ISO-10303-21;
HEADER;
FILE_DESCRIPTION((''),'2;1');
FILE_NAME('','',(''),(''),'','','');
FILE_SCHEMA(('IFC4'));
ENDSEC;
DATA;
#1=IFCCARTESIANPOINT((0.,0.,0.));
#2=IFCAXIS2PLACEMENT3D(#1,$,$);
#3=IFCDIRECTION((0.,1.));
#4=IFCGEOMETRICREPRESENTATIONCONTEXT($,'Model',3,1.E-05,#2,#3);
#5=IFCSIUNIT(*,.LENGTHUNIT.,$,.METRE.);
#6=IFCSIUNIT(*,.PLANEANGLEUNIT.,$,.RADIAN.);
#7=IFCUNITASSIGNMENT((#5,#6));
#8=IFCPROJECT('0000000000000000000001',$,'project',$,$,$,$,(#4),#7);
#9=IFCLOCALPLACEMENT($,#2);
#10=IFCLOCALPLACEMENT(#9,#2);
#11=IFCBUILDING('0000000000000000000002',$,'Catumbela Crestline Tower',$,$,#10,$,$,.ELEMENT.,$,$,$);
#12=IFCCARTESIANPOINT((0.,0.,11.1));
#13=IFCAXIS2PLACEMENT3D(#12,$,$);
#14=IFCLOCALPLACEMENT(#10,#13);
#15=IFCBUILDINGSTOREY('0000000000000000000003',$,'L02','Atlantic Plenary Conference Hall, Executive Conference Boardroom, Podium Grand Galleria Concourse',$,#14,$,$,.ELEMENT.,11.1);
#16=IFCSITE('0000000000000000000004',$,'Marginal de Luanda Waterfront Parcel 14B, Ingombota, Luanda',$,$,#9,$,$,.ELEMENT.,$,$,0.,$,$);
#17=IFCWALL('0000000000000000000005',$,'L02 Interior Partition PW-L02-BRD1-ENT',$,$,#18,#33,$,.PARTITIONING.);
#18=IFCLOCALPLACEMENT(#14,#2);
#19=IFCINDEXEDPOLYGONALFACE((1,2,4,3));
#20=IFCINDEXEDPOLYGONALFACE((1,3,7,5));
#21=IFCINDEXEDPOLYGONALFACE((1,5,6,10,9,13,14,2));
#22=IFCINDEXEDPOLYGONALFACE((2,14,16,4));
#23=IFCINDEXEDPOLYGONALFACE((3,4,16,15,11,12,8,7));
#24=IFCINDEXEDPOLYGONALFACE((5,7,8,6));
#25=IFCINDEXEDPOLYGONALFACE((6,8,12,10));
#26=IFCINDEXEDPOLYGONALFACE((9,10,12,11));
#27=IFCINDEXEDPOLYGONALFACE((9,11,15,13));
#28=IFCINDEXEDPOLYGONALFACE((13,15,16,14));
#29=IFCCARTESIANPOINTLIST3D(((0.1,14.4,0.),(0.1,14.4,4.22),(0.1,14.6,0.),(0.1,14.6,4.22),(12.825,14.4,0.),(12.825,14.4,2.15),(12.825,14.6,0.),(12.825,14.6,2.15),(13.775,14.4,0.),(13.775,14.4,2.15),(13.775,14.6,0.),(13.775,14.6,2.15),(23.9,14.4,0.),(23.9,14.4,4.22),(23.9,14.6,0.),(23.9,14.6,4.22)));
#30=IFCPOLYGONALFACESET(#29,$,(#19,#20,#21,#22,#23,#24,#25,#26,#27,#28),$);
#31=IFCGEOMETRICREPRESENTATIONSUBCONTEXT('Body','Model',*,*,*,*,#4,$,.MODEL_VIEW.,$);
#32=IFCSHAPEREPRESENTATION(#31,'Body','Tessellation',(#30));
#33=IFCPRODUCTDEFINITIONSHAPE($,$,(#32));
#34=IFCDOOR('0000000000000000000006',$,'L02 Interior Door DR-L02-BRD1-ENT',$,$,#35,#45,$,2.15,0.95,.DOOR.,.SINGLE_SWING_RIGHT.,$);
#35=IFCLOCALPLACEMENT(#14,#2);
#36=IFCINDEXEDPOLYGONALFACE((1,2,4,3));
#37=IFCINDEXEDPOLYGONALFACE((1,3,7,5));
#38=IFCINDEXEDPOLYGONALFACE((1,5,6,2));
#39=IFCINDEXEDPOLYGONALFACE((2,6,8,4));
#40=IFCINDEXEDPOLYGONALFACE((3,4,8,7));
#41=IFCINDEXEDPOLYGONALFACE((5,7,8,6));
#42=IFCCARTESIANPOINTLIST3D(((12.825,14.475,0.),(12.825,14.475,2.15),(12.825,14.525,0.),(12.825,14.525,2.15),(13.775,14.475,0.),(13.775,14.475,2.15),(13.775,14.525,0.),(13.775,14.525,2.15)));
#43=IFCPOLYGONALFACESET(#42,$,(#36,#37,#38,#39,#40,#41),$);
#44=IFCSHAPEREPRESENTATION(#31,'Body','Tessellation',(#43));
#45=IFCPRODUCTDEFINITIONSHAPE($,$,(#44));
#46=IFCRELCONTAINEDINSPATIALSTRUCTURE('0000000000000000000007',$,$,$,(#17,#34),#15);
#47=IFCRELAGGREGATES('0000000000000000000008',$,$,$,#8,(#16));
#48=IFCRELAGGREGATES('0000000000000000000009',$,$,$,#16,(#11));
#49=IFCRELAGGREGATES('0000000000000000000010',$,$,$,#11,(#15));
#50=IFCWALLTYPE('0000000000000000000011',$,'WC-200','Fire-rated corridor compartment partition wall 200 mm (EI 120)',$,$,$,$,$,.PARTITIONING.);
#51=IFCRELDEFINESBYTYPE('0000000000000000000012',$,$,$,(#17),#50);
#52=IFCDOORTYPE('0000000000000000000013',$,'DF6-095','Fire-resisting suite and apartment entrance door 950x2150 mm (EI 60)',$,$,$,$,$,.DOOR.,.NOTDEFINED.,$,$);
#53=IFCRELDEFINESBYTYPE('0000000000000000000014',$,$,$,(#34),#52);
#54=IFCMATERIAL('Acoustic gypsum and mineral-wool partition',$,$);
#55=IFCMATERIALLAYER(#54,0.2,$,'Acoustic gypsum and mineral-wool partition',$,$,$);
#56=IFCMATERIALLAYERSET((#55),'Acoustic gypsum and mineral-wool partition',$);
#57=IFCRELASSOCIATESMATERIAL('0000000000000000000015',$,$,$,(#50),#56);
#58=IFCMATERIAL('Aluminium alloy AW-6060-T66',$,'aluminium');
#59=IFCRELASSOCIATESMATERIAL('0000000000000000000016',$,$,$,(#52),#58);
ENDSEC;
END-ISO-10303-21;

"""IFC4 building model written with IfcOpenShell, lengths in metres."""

from ifc_helpers import new_model, si_unit, direction, frame, frame_2d, origin, place, context, subcontext, project, spatial, rectangle, extrude, material, layer, layer_set, type_object, element, fill, save


model = new_model("IFC4")

# Units and contexts
model_context = context("Model", 3, precision=1e-05, world=origin(), true_north=direction((0.0, 1.0)))
body_context = subcontext(model_context, "Body", "Model", "MODEL_VIEW")
ifc_project = project(units=[si_unit("LENGTHUNIT", "METRE"), si_unit("PLANEANGLEUNIT", "RADIAN")], contexts=[model_context])

# Site, building, storey
site_placement = place(None, origin())
site = spatial("IfcSite", under=ifc_project, at=site_placement, Name="Marginal de Luanda Waterfront Parcel 14B, Ingombota, Luanda", CompositionType="ELEMENT", RefElevation=0.0)
building_placement = place(site_placement, origin())
building = spatial("IfcBuilding", under=site, at=building_placement, Name="Catumbela Crestline Tower", CompositionType="ELEMENT")
storey_placement = place(building_placement, frame((0.0, 0.0, 11.1)))
storey = spatial("IfcBuildingStorey", under=building, at=storey_placement, Name="L02", Description="Atlantic Plenary Conference Hall, Executive Conference Boardroom, Podium Grand Galleria Concourse", CompositionType="ELEMENT", Elevation=11.1)

# Shared definitions
ifc_material_1 = material(Name="Aluminium alloy AW-6060-T66", Category="aluminium")

# Wall, opening, door
ifc_material_2 = material(Name="Acoustic gypsum and mineral-wool partition")
ifc_layer_1 = layer(ifc_material_2, 0.2, Name="Acoustic gypsum and mineral-wool partition")
ifc_layer_set_1 = layer_set([ifc_layer_1], Name="Acoustic gypsum and mineral-wool partition")
wall_type = type_object("IfcWallType", Name="WC-200", Description="Fire-rated corridor compartment partition wall 200 mm (EI 120)", PredefinedType="PARTITIONING", material=ifc_layer_set_1)
wall_placement = place(storey_placement, frame((0.1, 14.5, 0.0), z_axis=(0.0, 0.0, 1.0), x_axis=(1.0, 0.0, 0.0)))
wall = element("IfcWall", 1, at=wall_placement, inside=storey, type_object=wall_type, Name="L02 Interior Partition PW-L02-BRD1-ENT", PredefinedType="PARTITIONING", context=body_context, shape_type="SweptSolid", body=[
    extrude(rectangle(XDim=23.8, YDim=0.2, at=frame_2d((11.9, 0.0))), origin(), (0.0, 0.0, 1.0), 4.22),
])
opening_placement = place(wall_placement, frame((12.725, 0.0, 0.0)))
opening = element("IfcOpeningElement", 2, at=opening_placement, cuts=wall, PredefinedType="OPENING", context=body_context, shape_type="SweptSolid", body=[
    extrude(rectangle(XDim=0.95, YDim=2.15, at=frame_2d((0.475, 1.075))), frame((0.0, 0.11, 0.0), z_axis=(0.0, -1.0, 0.0), x_axis=(1.0, 0.0, 0.0)), (0.0, 0.0, 1.0), 0.22),
])
door_type = type_object("IfcDoorType", Name="DF6-095", Description="Fire-resisting suite and apartment entrance door 950x2150 mm (EI 60)", OperationType="NOTDEFINED", PredefinedType="DOOR", material=ifc_material_1)
door_placement = place(opening_placement, origin())
door = element("IfcDoor", 3, at=door_placement, inside=storey, type_object=door_type, Name="L02 Interior Door DR-L02-BRD1-ENT", OperationType="SINGLE_SWING_RIGHT", OverallHeight=2.15, OverallWidth=0.95, PredefinedType="DOOR", context=body_context, shape_type="SweptSolid", body=[
    extrude(rectangle(XDim=0.95, YDim=2.15, at=frame_2d((0.475, 1.075))), frame((0.0, 0.025, 0.0), z_axis=(0.0, -1.0, 0.0), x_axis=(1.0, 0.0, 0.0)), (0.0, 0.0, 1.0), 0.05),
])
fill(opening, door)

save(model, "model.ifc")
